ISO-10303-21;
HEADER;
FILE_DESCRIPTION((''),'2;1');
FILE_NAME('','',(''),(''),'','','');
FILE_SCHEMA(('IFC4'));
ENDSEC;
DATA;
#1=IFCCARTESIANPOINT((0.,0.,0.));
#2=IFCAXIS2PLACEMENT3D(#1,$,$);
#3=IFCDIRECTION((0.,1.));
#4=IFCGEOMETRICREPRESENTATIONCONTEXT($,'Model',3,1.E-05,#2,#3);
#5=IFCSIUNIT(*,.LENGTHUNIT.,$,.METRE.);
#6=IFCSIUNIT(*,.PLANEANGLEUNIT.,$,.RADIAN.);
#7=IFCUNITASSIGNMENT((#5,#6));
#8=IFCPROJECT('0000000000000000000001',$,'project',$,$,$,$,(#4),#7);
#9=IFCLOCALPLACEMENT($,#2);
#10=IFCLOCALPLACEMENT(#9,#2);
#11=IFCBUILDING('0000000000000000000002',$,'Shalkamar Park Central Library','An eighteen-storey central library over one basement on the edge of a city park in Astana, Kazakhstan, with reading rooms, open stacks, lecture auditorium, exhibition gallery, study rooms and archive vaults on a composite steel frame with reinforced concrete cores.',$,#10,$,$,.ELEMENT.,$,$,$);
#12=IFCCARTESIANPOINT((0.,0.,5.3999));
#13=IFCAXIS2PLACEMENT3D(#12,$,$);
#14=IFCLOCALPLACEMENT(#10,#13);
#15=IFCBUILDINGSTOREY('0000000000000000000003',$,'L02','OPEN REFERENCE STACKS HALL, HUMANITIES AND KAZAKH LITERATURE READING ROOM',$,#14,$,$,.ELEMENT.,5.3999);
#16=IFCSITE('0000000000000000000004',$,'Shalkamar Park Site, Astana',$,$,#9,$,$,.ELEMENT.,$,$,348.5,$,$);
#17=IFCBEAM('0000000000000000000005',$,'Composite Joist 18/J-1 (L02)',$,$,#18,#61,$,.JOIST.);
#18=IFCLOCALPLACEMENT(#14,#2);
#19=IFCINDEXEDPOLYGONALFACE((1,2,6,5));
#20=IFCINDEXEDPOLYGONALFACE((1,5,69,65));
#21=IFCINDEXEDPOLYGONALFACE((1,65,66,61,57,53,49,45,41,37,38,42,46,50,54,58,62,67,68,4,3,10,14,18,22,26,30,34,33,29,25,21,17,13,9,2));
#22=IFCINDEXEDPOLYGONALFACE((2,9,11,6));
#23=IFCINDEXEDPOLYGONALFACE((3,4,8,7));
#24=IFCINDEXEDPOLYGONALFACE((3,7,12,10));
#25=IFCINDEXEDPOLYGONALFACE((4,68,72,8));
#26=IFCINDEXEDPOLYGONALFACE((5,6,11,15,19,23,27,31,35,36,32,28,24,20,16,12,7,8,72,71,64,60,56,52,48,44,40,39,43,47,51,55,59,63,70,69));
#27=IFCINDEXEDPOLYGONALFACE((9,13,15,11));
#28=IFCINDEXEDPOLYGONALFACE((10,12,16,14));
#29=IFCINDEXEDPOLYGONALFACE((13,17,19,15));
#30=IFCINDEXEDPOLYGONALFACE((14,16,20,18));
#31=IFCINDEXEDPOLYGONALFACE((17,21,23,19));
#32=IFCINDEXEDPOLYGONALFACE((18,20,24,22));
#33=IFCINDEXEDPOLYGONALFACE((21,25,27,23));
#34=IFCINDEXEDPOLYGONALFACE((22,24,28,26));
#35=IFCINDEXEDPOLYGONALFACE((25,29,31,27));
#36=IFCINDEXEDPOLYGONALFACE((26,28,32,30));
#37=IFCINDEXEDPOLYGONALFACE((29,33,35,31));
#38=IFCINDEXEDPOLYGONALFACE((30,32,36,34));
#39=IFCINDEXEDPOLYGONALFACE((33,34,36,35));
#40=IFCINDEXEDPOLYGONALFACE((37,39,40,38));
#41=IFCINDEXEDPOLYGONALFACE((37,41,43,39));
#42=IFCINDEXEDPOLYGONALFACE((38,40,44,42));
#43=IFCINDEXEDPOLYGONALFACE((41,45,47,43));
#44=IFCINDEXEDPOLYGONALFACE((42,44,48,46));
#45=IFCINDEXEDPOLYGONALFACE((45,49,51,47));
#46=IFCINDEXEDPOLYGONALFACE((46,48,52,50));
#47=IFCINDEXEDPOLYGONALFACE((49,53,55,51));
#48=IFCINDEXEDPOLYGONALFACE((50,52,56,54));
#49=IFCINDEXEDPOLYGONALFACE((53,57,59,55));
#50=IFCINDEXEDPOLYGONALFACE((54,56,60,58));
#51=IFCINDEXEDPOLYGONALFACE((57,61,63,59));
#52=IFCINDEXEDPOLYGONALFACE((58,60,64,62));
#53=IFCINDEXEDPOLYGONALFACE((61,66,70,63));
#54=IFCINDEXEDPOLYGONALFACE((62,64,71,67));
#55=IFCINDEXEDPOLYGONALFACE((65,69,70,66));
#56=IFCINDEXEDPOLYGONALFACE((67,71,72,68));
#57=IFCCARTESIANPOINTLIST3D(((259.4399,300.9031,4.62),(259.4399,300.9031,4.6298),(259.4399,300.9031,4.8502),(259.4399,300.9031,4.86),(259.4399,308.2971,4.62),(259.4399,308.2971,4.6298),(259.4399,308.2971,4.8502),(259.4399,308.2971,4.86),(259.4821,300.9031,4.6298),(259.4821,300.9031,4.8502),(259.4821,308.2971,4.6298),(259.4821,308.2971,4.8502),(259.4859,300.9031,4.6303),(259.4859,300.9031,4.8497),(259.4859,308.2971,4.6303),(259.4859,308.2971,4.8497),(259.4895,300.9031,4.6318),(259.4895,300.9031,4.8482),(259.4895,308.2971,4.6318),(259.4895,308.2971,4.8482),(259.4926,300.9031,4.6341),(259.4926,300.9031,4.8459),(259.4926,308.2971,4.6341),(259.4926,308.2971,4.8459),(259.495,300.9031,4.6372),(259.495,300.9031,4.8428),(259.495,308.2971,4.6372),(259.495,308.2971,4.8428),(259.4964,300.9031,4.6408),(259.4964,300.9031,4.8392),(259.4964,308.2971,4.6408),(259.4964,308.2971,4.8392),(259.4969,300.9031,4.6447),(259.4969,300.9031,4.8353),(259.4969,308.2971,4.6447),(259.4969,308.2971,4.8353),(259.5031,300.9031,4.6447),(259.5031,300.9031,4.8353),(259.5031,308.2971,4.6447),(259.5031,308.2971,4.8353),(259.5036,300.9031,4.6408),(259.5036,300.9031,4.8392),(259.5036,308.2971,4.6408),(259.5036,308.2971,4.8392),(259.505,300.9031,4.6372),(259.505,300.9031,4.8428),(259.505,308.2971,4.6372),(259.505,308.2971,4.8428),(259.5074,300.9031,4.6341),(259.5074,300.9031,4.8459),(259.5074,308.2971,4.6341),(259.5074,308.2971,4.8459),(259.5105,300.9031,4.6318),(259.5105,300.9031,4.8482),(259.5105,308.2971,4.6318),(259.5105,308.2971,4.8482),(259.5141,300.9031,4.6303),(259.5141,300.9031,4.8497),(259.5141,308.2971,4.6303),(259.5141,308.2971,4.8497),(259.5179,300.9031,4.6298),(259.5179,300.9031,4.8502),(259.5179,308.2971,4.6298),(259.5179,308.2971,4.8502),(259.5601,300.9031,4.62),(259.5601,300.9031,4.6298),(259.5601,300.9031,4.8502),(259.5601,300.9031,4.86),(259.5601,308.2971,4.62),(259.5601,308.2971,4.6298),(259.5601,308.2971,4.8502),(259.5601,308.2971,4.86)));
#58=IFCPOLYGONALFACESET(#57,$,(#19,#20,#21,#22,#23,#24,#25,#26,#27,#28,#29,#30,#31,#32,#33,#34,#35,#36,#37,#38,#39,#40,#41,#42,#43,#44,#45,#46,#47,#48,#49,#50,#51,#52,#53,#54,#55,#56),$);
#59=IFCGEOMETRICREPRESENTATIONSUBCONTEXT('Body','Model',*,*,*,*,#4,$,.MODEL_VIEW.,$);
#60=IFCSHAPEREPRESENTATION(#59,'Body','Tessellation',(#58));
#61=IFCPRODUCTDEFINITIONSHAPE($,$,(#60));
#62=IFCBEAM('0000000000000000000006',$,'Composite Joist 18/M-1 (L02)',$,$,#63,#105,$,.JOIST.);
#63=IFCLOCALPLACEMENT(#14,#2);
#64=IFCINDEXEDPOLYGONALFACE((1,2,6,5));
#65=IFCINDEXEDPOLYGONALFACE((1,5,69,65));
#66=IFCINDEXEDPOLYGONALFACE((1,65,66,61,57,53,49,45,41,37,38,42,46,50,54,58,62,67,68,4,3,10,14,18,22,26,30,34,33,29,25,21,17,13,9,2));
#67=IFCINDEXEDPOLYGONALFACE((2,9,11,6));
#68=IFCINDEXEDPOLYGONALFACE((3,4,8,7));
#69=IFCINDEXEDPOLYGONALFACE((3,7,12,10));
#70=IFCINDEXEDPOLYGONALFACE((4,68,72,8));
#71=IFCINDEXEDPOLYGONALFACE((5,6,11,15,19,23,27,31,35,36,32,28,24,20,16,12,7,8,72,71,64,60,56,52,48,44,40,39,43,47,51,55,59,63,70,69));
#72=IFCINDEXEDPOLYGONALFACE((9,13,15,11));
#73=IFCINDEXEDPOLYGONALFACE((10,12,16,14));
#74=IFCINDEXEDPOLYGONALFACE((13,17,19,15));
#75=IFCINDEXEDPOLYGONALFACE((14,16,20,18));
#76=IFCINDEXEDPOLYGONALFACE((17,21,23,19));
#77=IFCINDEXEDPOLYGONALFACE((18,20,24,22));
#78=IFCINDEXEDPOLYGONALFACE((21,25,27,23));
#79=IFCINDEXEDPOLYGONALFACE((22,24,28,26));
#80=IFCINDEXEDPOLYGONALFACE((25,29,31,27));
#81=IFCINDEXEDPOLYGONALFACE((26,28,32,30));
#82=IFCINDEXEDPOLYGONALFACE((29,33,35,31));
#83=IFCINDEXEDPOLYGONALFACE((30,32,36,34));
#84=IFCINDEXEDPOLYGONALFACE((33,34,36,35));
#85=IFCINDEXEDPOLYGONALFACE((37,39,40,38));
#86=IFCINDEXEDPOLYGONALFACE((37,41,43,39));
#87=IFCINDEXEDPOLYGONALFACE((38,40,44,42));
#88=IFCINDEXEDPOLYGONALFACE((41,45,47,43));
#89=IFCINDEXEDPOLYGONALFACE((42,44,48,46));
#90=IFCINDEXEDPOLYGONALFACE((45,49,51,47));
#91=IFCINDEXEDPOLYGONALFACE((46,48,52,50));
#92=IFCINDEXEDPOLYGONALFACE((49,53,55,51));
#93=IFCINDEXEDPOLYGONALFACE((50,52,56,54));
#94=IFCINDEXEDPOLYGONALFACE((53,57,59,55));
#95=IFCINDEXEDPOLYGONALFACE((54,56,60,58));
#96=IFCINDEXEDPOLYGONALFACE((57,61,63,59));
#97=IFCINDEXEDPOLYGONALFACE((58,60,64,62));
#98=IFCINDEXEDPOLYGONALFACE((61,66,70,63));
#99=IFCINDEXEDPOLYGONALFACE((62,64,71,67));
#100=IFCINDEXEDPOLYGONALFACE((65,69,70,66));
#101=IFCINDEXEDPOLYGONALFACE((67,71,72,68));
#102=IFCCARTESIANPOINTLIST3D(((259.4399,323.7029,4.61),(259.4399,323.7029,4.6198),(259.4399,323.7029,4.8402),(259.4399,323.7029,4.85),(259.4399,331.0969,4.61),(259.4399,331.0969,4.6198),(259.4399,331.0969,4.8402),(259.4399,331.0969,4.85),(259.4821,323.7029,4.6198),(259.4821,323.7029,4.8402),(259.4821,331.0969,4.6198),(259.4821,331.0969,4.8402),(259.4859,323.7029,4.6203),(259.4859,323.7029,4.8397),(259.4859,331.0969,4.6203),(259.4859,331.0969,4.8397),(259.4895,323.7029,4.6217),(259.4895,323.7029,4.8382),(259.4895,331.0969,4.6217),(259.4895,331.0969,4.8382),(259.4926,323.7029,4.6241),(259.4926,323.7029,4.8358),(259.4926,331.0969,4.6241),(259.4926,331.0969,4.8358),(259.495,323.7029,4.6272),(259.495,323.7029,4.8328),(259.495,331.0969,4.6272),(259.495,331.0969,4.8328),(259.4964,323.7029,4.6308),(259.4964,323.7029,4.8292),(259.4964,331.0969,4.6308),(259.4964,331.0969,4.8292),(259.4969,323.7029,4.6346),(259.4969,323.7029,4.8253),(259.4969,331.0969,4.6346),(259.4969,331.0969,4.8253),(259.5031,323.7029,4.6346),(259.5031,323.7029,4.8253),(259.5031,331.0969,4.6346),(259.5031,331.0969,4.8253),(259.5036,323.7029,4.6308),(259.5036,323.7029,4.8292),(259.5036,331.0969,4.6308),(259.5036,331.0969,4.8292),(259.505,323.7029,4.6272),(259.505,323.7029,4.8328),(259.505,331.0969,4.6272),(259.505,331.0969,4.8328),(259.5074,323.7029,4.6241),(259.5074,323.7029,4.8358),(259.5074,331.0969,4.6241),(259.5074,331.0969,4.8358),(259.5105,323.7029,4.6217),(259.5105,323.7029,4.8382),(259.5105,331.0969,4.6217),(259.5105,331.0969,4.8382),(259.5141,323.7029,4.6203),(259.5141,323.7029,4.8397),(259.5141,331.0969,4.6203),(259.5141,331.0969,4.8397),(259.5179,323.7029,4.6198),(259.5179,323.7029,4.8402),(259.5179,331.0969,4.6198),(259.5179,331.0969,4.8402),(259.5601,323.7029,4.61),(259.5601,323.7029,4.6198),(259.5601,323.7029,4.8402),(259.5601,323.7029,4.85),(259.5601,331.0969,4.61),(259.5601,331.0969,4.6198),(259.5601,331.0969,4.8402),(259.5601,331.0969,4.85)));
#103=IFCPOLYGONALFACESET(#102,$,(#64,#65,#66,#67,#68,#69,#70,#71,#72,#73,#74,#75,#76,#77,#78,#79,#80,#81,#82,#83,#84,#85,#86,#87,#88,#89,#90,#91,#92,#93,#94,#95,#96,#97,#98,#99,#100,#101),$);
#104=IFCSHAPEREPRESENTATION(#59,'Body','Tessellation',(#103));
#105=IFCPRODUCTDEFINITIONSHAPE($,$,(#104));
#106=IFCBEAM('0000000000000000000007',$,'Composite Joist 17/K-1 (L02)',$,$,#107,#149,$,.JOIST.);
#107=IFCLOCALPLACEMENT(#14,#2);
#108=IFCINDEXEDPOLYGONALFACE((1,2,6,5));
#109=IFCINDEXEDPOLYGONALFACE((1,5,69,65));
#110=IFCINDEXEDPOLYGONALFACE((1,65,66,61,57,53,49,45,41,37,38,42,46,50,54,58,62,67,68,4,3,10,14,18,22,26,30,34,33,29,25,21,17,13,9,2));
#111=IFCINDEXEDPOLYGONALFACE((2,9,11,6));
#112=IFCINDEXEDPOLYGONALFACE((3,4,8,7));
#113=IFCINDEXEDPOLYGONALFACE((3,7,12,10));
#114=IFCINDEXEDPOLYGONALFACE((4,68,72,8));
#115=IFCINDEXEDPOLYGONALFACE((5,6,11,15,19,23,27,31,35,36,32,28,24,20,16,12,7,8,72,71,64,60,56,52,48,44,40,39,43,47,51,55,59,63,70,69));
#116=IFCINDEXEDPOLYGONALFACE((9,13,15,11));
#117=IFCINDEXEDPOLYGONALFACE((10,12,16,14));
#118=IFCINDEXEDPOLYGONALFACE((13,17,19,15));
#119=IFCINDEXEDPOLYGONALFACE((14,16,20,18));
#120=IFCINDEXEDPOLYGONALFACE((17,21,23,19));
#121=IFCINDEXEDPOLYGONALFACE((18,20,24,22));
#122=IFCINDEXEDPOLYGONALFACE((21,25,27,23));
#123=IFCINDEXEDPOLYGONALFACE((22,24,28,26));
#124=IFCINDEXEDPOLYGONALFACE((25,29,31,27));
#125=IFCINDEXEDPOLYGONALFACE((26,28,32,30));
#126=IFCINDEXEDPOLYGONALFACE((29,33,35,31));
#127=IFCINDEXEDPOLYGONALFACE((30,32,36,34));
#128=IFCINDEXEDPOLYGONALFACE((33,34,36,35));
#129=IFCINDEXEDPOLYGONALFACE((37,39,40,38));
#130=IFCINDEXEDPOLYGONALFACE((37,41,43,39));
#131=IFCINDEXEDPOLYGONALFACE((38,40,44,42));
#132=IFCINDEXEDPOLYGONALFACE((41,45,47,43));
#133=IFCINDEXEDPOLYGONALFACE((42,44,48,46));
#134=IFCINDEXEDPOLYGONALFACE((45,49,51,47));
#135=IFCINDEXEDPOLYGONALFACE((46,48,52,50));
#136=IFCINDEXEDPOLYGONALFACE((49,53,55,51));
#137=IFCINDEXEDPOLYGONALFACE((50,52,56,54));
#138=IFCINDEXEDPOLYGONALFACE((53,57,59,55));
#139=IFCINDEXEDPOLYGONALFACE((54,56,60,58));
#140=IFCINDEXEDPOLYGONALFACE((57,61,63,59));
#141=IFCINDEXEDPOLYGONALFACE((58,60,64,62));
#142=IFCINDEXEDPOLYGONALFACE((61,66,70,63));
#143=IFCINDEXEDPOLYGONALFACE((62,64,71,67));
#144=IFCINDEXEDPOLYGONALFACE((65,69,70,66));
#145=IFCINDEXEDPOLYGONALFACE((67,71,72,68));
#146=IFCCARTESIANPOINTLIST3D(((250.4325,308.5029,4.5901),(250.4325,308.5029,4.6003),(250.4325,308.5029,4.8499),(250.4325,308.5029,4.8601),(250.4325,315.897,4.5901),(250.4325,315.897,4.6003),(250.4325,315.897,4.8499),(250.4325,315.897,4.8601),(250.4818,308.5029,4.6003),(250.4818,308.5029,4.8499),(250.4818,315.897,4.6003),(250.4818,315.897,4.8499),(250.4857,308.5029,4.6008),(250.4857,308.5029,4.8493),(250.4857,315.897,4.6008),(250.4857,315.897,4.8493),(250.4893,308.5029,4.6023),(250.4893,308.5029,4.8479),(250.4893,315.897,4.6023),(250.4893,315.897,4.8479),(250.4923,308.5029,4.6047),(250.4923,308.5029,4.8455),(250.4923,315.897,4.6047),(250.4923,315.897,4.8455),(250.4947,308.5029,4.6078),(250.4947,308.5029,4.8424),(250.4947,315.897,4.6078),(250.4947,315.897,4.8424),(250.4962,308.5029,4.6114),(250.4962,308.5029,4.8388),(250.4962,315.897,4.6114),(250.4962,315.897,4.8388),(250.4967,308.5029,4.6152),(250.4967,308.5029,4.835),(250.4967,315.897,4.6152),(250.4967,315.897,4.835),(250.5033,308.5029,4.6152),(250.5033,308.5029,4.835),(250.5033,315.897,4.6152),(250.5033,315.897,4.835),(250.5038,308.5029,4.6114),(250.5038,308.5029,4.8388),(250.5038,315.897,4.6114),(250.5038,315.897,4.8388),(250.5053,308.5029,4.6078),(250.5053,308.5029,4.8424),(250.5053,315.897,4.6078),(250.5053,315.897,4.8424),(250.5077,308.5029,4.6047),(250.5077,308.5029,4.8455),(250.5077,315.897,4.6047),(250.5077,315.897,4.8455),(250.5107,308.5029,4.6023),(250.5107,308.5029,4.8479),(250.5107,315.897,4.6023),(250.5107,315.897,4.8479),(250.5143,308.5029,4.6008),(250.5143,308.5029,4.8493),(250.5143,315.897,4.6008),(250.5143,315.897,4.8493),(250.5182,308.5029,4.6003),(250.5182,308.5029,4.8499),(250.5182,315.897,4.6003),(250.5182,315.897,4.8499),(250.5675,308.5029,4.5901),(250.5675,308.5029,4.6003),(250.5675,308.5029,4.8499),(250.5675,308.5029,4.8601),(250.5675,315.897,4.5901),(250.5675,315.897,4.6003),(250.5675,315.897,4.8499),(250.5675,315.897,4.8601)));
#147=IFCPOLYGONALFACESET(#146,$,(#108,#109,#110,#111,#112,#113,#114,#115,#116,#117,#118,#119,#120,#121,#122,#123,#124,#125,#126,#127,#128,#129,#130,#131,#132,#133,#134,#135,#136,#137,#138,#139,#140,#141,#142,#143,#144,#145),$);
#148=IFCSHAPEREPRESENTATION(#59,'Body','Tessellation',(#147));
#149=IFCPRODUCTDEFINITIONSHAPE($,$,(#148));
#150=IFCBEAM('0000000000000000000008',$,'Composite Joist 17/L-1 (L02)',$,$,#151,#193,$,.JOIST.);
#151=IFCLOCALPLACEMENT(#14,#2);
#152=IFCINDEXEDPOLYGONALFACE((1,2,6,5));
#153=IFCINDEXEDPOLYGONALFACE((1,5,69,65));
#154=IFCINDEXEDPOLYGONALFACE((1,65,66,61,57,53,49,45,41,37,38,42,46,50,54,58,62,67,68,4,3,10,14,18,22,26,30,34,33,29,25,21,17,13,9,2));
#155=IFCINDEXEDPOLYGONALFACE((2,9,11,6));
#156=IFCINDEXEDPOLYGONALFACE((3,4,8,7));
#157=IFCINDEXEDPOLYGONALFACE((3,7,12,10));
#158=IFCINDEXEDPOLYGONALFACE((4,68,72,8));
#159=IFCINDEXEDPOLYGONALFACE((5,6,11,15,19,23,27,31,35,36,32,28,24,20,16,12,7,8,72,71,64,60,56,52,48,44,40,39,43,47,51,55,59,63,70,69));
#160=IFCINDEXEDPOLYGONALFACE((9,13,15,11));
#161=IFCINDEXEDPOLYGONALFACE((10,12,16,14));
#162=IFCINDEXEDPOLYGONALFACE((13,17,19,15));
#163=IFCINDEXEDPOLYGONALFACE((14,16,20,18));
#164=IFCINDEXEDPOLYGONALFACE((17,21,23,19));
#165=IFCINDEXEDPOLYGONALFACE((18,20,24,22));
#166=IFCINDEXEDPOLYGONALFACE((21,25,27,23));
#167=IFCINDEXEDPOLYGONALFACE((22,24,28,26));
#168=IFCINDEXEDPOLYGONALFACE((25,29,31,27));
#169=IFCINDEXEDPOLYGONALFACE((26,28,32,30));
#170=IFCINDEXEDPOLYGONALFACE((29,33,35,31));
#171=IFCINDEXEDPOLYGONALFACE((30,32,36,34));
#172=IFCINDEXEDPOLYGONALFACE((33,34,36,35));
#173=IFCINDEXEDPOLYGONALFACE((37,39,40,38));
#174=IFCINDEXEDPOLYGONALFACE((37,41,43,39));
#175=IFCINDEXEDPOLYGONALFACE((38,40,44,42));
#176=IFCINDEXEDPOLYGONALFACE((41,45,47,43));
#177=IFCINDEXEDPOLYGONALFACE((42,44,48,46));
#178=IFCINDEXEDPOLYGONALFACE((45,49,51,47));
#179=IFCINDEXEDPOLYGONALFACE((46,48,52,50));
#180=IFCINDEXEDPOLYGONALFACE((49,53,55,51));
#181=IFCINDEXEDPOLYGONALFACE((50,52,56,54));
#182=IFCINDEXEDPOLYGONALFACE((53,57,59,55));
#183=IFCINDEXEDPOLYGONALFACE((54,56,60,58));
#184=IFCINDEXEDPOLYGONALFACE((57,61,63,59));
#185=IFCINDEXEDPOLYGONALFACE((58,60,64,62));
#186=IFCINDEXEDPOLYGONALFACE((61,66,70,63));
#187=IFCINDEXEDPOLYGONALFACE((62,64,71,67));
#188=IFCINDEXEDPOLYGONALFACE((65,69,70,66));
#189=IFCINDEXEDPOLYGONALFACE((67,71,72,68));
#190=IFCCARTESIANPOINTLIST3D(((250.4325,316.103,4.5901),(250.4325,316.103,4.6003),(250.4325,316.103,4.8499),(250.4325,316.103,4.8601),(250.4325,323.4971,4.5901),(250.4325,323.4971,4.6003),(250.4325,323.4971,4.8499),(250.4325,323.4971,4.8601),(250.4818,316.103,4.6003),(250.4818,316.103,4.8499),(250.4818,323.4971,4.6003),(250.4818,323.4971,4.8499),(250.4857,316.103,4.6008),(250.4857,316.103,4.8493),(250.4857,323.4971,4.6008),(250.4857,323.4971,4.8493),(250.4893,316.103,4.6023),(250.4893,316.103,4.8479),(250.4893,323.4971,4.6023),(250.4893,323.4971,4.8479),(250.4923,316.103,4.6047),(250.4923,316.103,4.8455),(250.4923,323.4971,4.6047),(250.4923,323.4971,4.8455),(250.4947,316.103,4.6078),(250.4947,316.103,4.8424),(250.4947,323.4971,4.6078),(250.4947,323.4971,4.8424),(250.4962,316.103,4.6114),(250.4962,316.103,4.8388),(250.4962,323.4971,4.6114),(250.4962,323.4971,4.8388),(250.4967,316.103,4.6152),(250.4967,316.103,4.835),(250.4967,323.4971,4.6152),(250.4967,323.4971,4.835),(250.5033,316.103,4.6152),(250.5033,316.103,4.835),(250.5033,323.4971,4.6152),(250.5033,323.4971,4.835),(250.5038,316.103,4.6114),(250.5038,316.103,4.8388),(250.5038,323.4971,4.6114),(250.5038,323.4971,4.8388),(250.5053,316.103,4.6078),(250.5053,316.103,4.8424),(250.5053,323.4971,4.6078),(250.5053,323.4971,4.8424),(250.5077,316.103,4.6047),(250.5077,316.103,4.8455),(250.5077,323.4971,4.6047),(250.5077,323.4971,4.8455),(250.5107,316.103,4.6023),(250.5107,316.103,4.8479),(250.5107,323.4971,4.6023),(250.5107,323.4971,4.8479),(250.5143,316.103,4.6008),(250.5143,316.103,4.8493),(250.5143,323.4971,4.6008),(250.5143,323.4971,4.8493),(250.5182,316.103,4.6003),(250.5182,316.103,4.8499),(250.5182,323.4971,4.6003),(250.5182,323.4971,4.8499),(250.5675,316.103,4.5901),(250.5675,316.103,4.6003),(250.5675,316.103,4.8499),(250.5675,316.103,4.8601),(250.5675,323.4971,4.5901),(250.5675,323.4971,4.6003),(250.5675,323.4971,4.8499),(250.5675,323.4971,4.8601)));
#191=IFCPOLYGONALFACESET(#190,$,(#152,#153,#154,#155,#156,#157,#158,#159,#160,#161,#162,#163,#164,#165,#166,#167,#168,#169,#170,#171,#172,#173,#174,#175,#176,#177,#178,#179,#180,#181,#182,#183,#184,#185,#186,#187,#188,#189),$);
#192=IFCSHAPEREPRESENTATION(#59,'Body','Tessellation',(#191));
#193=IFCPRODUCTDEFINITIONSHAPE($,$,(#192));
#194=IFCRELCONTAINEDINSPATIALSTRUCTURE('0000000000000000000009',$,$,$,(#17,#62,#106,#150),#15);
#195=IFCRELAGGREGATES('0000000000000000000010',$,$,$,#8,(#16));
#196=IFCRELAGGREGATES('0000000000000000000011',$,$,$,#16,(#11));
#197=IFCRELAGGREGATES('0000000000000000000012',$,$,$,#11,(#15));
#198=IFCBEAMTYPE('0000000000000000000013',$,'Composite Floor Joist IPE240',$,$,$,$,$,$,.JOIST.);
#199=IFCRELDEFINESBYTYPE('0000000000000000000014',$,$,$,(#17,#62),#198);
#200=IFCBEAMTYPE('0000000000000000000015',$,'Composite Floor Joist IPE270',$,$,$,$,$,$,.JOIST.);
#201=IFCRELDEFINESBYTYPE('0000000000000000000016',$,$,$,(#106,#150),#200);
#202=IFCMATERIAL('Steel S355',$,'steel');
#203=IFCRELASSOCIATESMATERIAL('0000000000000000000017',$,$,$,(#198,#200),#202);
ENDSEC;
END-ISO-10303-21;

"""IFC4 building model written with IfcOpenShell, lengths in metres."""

from ifc_helpers import new_model, si_unit, direction, frame, origin, origin_2d, place, context, subcontext, project, spatial, i_section, extrude, material, material_profile, profile_set, type_object, element, save


model = new_model("IFC4")

# Units and contexts
model_context = context("Model", 3, precision=1e-05, world=origin(), true_north=direction((0.0, 1.0)))
body_context = subcontext(model_context, "Body", "Model", "MODEL_VIEW")
ifc_project = project(units=[si_unit("LENGTHUNIT", "METRE"), si_unit("PLANEANGLEUNIT", "RADIAN")], contexts=[model_context])

# Site, building, storey
site_placement = place(None, origin())
site = spatial("IfcSite", under=ifc_project, at=site_placement, Name="Shalkamar Park Site, Astana", CompositionType="ELEMENT", RefElevation=348.5)
building_placement = place(site_placement, origin())
building = spatial("IfcBuilding", under=site, at=building_placement, Name="Shalkamar Park Central Library", Description="An eighteen-storey central library over one basement on the edge of a city park in Astana, Kazakhstan, with reading rooms, open stacks, lecture auditorium, exhibition gallery, study rooms and archive vaults on a composite steel frame with reinforced concrete cores.", CompositionType="ELEMENT")
storey_placement = place(building_placement, frame((0.0, 0.0, 5.3999)))
storey = spatial("IfcBuildingStorey", under=building, at=storey_placement, Name="L02", Description="OPEN REFERENCE STACKS HALL, HUMANITIES AND KAZAKH LITERATURE READING ROOM", CompositionType="ELEMENT", Elevation=5.3999)

# Shared definitions
ifc_material_1 = material(Name="Steel S355", Category="steel")

# Beams
ifc_material_profile_1 = material_profile(ifc_material_1, i_section(OverallWidth=0.1201, OverallDepth=0.24, WebThickness=0.0061, FlangeThickness=0.0098, FilletRadius=0.0149, at=origin_2d()), Name="IPE 240")
ifc_profile_set_1 = profile_set([ifc_material_profile_1], Name="Steel S355")
beam_type_1 = type_object("IfcBeamType", Name="Composite Floor Joist IPE240", PredefinedType="JOIST", material=ifc_profile_set_1)
for number, where, z_axis, x_axis, name in (
    (1, (259.5, 300.9031, 4.74), (0.0, 1.0, 0.0), (-1.0, 0.0, 0.0), "Composite Joist 18/J-1 (L02)"),
    (2, (259.5, 323.7029, 4.73), (0.0, 1.0, 0.0), (-1.0, 0.0, 0.0), "Composite Joist 18/M-1 (L02)"),
):
    element("IfcBeam", number, at=place(storey_placement, frame(where, z_axis=z_axis, x_axis=x_axis)), inside=storey, type_object=beam_type_1, Name=name, PredefinedType="JOIST", context=body_context, shape_type="SweptSolid", body=[
        extrude(i_section(OverallWidth=0.1201, OverallDepth=0.24, WebThickness=0.0061, FlangeThickness=0.0098, FilletRadius=0.0149, at=origin_2d()), origin(), (0.0, 0.0, 1.0), 7.394),
    ])
ifc_material_profile_2 = material_profile(ifc_material_1, i_section(OverallWidth=0.135, OverallDepth=0.27, WebThickness=0.0066, FlangeThickness=0.0103, FilletRadius=0.0149, at=origin_2d()), Name="IPE 270")
ifc_profile_set_2 = profile_set([ifc_material_profile_2], Name="Steel S355")
beam_type_2 = type_object("IfcBeamType", Name="Composite Floor Joist IPE270", PredefinedType="JOIST", material=ifc_profile_set_2)
for number, where, z_axis, x_axis, name in (
    (3, (250.5, 308.5029, 4.7251), (0.0, 1.0, 0.0), (-1.0, 0.0, 0.0), "Composite Joist 17/K-1 (L02)"),
    (4, (250.5, 316.103, 4.7251), (0.0, 1.0, 0.0), (-1.0, 0.0, 0.0), "Composite Joist 17/L-1 (L02)"),
):
    element("IfcBeam", number, at=place(storey_placement, frame(where, z_axis=z_axis, x_axis=x_axis)), inside=storey, type_object=beam_type_2, Name=name, PredefinedType="JOIST", context=body_context, shape_type="SweptSolid", body=[
        extrude(i_section(OverallWidth=0.135, OverallDepth=0.27, WebThickness=0.0066, FlangeThickness=0.0103, FilletRadius=0.0149, at=origin_2d()), origin(), (0.0, 0.0, 1.0), 7.394),
    ])

save(model, "model.ifc")
